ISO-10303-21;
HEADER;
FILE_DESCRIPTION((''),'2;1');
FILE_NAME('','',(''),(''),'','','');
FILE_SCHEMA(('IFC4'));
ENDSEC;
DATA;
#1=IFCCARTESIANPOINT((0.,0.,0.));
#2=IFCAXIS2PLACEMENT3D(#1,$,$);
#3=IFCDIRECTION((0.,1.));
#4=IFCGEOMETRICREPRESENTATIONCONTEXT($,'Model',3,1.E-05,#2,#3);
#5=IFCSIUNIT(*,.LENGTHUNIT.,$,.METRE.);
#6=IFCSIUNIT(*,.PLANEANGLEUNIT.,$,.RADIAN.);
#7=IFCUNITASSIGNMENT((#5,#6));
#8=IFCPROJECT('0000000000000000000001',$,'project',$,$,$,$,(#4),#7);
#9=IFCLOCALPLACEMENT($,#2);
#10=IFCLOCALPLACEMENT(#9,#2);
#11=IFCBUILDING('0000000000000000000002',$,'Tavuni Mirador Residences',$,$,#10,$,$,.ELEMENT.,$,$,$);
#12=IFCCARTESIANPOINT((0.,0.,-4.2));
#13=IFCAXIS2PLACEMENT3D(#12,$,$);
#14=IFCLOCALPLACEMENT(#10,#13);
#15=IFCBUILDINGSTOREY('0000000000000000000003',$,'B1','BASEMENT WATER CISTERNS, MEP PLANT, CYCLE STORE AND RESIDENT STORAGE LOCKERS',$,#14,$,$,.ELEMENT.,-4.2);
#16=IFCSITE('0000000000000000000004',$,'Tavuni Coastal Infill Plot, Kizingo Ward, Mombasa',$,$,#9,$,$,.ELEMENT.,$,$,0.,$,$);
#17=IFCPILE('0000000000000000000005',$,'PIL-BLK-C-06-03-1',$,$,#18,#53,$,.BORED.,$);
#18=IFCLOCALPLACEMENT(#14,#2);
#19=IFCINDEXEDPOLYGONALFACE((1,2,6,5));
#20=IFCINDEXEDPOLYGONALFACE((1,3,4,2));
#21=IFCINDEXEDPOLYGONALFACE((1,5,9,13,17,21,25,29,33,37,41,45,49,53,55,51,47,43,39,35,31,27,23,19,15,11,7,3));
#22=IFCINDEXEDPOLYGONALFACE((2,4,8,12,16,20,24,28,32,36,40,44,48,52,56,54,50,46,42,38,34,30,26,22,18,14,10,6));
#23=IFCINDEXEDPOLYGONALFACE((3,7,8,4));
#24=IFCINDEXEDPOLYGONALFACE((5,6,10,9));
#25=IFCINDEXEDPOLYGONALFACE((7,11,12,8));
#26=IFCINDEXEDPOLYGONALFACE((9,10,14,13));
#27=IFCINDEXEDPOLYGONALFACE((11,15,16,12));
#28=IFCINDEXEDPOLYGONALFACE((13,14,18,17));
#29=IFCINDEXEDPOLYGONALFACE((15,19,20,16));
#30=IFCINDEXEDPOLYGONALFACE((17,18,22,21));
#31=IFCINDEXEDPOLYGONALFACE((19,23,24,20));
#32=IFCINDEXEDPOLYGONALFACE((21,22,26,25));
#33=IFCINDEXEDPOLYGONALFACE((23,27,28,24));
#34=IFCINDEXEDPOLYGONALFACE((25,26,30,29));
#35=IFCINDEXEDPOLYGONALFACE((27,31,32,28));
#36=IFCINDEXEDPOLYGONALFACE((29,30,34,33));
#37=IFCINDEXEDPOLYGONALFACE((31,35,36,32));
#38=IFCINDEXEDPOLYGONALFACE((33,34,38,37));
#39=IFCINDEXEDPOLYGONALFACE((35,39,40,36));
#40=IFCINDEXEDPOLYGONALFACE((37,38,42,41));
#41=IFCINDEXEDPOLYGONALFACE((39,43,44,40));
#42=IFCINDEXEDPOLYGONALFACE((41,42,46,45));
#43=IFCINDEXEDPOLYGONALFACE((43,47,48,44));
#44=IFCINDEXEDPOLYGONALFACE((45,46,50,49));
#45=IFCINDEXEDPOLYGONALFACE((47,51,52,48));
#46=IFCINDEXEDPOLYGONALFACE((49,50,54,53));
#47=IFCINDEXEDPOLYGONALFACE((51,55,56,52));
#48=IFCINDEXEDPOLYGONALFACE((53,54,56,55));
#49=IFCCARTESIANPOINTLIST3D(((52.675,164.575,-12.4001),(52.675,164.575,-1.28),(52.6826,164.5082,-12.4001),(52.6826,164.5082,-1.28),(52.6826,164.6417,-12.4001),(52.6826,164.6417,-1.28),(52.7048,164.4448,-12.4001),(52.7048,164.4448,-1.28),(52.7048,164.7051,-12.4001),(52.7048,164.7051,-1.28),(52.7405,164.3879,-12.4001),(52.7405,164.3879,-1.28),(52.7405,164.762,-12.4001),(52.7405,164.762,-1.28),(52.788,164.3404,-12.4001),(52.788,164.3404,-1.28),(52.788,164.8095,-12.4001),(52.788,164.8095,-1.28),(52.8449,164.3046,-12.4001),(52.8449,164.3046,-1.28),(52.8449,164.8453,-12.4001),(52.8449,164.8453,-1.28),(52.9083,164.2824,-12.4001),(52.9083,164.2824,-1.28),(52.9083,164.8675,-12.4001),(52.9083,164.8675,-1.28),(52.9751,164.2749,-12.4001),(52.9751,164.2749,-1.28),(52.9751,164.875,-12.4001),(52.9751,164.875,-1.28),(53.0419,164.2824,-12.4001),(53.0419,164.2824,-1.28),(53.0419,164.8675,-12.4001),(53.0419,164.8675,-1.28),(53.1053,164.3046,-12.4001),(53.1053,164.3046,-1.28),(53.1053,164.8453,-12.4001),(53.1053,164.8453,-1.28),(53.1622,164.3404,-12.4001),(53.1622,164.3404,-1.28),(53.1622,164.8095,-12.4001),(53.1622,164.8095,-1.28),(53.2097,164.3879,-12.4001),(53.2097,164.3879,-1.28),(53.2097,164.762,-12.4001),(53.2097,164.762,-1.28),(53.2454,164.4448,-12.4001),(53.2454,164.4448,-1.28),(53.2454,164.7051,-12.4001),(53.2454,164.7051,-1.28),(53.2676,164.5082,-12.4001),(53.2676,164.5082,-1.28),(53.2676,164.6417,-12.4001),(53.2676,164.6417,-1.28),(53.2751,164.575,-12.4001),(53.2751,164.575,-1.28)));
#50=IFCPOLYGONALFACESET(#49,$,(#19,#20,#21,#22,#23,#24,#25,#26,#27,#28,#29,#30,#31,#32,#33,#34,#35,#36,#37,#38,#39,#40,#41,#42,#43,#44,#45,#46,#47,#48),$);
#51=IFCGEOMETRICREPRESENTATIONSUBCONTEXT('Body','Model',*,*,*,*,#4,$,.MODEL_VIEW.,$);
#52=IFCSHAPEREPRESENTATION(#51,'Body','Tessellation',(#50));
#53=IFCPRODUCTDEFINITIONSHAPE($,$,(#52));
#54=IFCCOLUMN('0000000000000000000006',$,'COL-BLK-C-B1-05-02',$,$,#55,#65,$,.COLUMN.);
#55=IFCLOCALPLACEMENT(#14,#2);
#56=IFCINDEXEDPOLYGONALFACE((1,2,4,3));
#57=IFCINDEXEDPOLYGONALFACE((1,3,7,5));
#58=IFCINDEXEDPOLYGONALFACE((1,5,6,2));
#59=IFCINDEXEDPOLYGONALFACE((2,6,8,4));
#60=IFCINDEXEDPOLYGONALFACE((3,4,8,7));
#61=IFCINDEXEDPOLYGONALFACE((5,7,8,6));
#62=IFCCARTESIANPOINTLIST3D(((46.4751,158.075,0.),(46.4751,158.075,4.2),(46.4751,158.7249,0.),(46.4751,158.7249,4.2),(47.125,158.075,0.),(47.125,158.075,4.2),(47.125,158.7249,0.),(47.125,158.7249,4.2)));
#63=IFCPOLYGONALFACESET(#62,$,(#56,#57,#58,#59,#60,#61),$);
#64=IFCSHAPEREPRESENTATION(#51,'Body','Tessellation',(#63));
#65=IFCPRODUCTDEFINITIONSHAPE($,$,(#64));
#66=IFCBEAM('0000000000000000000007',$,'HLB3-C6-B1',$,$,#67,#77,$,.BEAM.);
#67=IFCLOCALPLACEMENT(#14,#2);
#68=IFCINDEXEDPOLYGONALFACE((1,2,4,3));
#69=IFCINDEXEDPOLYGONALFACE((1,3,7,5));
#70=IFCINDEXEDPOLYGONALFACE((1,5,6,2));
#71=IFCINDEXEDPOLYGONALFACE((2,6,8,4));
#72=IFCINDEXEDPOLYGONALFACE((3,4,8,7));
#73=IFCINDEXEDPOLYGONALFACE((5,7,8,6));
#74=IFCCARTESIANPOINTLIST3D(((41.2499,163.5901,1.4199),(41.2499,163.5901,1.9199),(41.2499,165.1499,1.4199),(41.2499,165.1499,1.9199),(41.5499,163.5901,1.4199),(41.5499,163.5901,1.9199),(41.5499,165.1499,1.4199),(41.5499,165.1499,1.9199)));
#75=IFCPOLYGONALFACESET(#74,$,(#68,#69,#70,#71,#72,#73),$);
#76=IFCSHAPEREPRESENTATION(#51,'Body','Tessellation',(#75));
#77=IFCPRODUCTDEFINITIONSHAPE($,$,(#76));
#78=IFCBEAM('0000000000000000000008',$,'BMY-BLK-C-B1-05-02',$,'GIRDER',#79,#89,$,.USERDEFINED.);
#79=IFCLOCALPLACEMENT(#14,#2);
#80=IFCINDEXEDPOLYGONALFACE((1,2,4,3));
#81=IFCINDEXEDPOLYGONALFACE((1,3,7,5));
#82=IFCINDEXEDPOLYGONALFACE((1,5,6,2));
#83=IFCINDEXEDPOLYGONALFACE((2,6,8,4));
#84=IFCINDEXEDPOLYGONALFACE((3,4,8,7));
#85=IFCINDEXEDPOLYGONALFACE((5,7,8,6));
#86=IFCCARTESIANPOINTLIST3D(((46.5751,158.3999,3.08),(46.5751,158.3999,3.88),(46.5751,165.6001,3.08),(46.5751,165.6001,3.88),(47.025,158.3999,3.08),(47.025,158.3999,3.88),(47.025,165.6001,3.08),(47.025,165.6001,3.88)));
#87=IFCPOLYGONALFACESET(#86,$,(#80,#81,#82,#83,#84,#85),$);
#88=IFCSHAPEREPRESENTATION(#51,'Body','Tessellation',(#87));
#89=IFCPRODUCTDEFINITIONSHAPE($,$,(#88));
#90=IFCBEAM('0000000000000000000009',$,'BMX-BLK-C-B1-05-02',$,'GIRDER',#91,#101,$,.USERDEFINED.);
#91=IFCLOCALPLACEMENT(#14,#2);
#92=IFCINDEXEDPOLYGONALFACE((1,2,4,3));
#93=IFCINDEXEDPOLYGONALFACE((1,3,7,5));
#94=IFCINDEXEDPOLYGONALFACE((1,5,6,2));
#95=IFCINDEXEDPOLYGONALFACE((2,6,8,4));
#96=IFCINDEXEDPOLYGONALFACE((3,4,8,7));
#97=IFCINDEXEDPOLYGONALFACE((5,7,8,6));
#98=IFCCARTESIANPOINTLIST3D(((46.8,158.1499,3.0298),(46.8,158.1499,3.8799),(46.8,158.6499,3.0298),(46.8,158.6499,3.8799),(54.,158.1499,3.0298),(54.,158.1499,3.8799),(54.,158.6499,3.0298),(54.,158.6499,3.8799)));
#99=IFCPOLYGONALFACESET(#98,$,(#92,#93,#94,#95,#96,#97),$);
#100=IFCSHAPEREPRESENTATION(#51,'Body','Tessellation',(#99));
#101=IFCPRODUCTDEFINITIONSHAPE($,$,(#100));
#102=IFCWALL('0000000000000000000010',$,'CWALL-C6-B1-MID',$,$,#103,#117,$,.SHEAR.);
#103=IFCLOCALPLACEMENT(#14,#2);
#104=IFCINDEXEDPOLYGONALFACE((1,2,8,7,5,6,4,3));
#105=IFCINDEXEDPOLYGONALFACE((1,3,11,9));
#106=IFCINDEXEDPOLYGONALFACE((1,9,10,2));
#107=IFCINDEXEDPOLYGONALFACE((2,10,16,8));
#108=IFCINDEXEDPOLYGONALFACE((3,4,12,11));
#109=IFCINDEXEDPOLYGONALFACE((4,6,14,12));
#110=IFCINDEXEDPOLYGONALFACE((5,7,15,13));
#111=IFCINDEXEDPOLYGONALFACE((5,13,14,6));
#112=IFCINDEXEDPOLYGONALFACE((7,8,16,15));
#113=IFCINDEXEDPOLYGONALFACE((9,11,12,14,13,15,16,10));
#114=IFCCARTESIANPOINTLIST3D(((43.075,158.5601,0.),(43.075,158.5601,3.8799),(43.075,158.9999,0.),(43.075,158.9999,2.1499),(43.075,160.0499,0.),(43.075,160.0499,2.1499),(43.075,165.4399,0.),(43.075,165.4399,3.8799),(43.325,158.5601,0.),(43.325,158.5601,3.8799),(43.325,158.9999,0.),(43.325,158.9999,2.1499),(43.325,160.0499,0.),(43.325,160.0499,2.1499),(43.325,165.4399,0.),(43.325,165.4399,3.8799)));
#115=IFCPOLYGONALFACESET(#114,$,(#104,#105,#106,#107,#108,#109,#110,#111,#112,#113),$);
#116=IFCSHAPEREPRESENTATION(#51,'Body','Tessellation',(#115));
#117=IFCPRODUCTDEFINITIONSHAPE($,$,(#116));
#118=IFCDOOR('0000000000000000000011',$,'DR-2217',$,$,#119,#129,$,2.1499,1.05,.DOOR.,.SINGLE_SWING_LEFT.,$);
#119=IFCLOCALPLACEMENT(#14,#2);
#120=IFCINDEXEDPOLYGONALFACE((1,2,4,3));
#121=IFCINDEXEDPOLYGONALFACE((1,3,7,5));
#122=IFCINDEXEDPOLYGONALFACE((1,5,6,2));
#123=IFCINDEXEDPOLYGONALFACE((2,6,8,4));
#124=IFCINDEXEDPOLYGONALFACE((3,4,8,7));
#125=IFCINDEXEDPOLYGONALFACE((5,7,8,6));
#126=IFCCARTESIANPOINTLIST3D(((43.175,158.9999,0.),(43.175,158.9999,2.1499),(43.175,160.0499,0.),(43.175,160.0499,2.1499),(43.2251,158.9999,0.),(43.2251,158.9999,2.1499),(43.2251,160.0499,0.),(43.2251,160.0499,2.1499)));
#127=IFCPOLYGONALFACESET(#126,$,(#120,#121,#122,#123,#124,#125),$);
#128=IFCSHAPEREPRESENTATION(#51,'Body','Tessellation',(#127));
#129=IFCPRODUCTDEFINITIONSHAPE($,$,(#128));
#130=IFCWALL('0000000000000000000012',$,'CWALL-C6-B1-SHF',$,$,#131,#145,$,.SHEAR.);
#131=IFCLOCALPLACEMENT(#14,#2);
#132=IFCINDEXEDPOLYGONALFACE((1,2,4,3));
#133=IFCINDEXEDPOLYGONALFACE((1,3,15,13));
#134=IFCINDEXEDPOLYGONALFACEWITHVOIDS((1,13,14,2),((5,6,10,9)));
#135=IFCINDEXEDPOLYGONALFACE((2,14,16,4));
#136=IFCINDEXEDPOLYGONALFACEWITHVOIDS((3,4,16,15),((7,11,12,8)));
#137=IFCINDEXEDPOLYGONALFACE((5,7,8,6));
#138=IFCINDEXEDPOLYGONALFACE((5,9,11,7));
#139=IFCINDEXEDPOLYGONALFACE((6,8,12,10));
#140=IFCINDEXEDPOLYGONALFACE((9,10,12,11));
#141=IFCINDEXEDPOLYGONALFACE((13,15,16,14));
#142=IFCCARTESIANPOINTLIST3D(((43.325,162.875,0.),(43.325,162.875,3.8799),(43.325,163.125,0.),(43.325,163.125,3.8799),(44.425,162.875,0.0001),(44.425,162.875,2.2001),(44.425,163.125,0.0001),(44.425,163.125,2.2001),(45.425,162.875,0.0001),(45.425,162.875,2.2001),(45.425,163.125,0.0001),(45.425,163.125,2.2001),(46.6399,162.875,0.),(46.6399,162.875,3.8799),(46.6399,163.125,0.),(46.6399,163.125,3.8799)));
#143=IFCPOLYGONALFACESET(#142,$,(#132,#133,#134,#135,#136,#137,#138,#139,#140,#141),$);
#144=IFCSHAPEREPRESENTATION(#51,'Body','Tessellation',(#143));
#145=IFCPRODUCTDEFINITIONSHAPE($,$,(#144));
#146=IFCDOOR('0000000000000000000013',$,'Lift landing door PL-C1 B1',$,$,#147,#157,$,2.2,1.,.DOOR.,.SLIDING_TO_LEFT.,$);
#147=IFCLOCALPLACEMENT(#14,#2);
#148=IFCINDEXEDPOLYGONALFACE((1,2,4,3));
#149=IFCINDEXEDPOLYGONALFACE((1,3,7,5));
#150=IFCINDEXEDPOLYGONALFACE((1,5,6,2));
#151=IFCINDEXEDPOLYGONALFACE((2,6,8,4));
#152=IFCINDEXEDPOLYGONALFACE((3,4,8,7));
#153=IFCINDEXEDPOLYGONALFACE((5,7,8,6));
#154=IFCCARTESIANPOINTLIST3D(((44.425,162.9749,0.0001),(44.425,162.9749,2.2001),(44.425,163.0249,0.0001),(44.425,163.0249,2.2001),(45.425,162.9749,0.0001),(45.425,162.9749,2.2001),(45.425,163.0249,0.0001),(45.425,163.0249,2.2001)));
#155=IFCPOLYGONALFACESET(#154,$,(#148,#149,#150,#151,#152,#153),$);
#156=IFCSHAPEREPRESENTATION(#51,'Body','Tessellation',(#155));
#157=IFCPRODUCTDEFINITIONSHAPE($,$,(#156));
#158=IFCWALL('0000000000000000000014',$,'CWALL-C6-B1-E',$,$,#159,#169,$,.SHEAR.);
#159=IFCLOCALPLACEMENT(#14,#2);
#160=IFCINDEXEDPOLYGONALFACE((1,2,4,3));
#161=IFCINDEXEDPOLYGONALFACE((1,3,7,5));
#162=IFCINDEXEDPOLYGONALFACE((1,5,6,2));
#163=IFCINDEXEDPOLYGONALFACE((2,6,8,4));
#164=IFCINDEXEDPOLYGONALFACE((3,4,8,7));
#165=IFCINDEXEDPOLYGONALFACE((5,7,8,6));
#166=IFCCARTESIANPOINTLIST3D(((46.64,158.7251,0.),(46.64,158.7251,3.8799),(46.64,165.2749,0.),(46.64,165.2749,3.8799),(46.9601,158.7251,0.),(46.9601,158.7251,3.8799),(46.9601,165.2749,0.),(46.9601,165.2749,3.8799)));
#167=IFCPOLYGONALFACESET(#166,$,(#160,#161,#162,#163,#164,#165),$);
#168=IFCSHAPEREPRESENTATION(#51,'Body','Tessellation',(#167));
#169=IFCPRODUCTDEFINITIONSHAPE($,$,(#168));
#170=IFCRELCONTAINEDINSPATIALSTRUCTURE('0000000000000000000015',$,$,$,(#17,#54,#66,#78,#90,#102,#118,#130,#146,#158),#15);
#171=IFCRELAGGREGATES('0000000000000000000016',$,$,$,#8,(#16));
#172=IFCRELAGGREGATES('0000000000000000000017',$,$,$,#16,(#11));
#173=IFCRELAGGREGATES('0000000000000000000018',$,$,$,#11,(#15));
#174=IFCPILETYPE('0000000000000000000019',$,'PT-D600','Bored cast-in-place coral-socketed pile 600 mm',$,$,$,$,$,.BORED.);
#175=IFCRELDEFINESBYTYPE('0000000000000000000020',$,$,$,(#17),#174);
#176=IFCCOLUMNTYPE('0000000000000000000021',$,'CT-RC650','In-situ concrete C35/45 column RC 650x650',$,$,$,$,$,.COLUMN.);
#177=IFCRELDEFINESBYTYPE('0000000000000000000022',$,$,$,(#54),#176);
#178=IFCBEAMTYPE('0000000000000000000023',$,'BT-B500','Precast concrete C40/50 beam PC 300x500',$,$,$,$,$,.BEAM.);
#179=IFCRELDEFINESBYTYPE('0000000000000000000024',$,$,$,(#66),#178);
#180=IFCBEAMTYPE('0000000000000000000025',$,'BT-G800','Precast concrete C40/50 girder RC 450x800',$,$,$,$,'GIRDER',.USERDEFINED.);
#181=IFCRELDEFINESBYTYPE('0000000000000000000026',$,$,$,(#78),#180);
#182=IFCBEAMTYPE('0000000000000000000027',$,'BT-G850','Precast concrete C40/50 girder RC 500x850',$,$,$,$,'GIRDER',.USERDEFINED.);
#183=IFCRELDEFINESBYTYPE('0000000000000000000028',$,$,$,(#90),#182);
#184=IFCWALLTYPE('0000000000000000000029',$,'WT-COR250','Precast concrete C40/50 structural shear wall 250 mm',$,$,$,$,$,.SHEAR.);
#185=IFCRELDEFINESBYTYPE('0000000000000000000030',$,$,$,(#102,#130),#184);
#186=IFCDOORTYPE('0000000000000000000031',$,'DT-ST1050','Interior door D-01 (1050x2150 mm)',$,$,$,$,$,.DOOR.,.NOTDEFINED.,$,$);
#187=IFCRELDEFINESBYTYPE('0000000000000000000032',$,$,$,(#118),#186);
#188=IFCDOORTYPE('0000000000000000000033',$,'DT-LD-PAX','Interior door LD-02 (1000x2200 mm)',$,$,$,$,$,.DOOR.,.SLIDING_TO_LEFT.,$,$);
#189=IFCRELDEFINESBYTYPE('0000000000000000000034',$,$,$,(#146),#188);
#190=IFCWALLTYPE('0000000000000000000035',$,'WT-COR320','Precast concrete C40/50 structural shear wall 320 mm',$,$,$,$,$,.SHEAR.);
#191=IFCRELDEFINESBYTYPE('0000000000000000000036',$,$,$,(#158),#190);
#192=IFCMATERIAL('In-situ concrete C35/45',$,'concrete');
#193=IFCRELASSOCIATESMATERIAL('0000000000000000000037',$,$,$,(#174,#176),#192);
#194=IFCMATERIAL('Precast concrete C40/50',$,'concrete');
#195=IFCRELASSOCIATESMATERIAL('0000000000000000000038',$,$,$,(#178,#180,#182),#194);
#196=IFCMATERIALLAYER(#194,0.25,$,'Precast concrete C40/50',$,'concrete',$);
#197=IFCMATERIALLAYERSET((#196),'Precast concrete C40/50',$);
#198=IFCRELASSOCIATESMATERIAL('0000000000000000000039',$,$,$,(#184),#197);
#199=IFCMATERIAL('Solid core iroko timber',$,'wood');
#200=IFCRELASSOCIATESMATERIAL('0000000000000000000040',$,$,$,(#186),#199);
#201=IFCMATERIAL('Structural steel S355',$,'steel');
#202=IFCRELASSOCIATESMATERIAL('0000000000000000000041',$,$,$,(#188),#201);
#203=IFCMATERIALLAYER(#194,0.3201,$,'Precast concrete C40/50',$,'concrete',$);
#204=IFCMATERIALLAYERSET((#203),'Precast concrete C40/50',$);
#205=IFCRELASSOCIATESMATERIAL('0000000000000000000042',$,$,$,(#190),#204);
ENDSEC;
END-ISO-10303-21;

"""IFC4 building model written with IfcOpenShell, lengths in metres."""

from ifc_helpers import new_model, si_unit, direction, frame, frame_2d, origin, origin_2d, place, context, subcontext, project, spatial, rectangle, circle, extrude, material, layer, layer_set, material_profile, profile_set, type_object, element, fill, save


model = new_model("IFC4")

# Units and contexts
model_context = context("Model", 3, precision=1e-05, world=origin(), true_north=direction((0.0, 1.0)))
body_context = subcontext(model_context, "Body", "Model", "MODEL_VIEW")
ifc_project = project(units=[si_unit("LENGTHUNIT", "METRE"), si_unit("PLANEANGLEUNIT", "RADIAN")], contexts=[model_context])

# Site, building, storey
site_placement = place(None, origin())
site = spatial("IfcSite", under=ifc_project, at=site_placement, Name="Tavuni Coastal Infill Plot, Kizingo Ward, Mombasa", CompositionType="ELEMENT", RefElevation=0.0)
building_placement = place(site_placement, origin())
building = spatial("IfcBuilding", under=site, at=building_placement, Name="Tavuni Mirador Residences", CompositionType="ELEMENT")
storey_placement = place(building_placement, frame((0.0, 0.0, -4.2)))
storey = spatial("IfcBuildingStorey", under=building, at=storey_placement, Name="B1", Description="BASEMENT WATER CISTERNS, MEP PLANT, CYCLE STORE AND RESIDENT STORAGE LOCKERS", CompositionType="ELEMENT", Elevation=-4.2)

# Shared definitions
ifc_material_1 = material(Name="In-situ concrete C35/45", Category="concrete")

# Pile
ifc_material_profile_1 = material_profile(ifc_material_1, circle(Radius=0.3, at=origin_2d()), Name="PILE D600", Category="concrete")
ifc_profile_set_1 = profile_set([ifc_material_profile_1], Name="In-situ concrete C35/45")
pile_type = type_object("IfcPileType", Name="PT-D600", Description="Bored cast-in-place coral-socketed pile 600 mm", PredefinedType="BORED", material=ifc_profile_set_1)
pile_1_placement = place(storey_placement, frame((52.9751, 164.575, -1.28), z_axis=(0.0, 0.0, -1.0), x_axis=(1.0, 0.0, 0.0)))
element("IfcPile", 1, at=pile_1_placement, inside=storey, type_object=pile_type, Name="PIL-BLK-C-06-03-1", PredefinedType="BORED", context=body_context, shape_type="SweptSolid", body=[
    extrude(circle(Radius=0.3, at=origin_2d()), origin(), (0.0, 0.0, 1.0), 11.1201),
])

# Column
ifc_material_profile_2 = material_profile(ifc_material_1, rectangle(XDim=0.6499, YDim=0.6499, at=origin_2d()), Name="RC 650x650", Category="concrete")
ifc_profile_set_2 = profile_set([ifc_material_profile_2], Name="In-situ concrete C35/45")
column_type = type_object("IfcColumnType", Name="CT-RC650", Description="In-situ concrete C35/45 column RC 650x650", PredefinedType="COLUMN", material=ifc_profile_set_2)
column_placement = place(storey_placement, frame((46.8, 158.3999, 0.0), z_axis=(0.0, 0.0, 1.0), x_axis=(1.0, 0.0, 0.0)))
element("IfcColumn", 2, at=column_placement, inside=storey, type_object=column_type, Name="COL-BLK-C-B1-05-02", PredefinedType="COLUMN", context=body_context, shape_type="SweptSolid", body=[
    extrude(rectangle(XDim=0.6499, YDim=0.6499, at=origin_2d()), origin(), (0.0, 0.0, 1.0), 4.2),
])

# Beams
ifc_material_2 = material(Name="Precast concrete C40/50", Category="concrete")
ifc_material_profile_3 = material_profile(ifc_material_2, rectangle(XDim=0.3, YDim=0.5, at=origin_2d()), Name="PC 300x500", Category="concrete")
ifc_profile_set_3 = profile_set([ifc_material_profile_3], Name="Precast concrete C40/50")
beam_type_1 = type_object("IfcBeamType", Name="BT-B500", Description="Precast concrete C40/50 beam PC 300x500", PredefinedType="BEAM", material=ifc_profile_set_3)
beam_1_placement = place(storey_placement, frame((41.3999, 163.5901, 1.6699), z_axis=(0.0, 1.0, 0.0), x_axis=(-1.0, 0.0, 0.0)))
element("IfcBeam", 3, at=beam_1_placement, inside=storey, type_object=beam_type_1, Name="HLB3-C6-B1", PredefinedType="BEAM", context=body_context, shape_type="SweptSolid", body=[
    extrude(rectangle(XDim=0.3, YDim=0.5, at=origin_2d()), origin(), (0.0, 0.0, 1.0), 1.5598),
])
ifc_material_profile_4 = material_profile(ifc_material_2, rectangle(XDim=0.45, YDim=0.8, at=origin_2d()), Name="RC 450x800", Category="concrete")
ifc_profile_set_4 = profile_set([ifc_material_profile_4], Name="Precast concrete C40/50")
beam_type_2 = type_object("IfcBeamType", Name="BT-G800", Description="Precast concrete C40/50 girder RC 450x800", ElementType="GIRDER", PredefinedType="USERDEFINED", material=ifc_profile_set_4)
beam_2_placement = place(storey_placement, frame((46.8, 158.3999, 3.48), z_axis=(0.0, 1.0, 0.0), x_axis=(-1.0, 0.0, 0.0)))
element("IfcBeam", 4, at=beam_2_placement, inside=storey, type_object=beam_type_2, Name="BMY-BLK-C-B1-05-02", ObjectType="GIRDER", PredefinedType="USERDEFINED", context=body_context, shape_type="SweptSolid", body=[
    extrude(rectangle(XDim=0.45, YDim=0.8, at=origin_2d()), origin(), (0.0, 0.0, 1.0), 7.2002),
])
ifc_material_profile_5 = material_profile(ifc_material_2, rectangle(XDim=0.5, YDim=0.8501, at=origin_2d()), Name="RC 500x850", Category="concrete")
ifc_profile_set_5 = profile_set([ifc_material_profile_5], Name="Precast concrete C40/50")
beam_type_3 = type_object("IfcBeamType", Name="BT-G850", Description="Precast concrete C40/50 girder RC 500x850", ElementType="GIRDER", PredefinedType="USERDEFINED", material=ifc_profile_set_5)
beam_3_placement = place(storey_placement, frame((46.8, 158.3999, 3.4548), z_axis=(1.0, 0.0, 0.0), x_axis=(0.0, 1.0, 0.0)))
element("IfcBeam", 5, at=beam_3_placement, inside=storey, type_object=beam_type_3, Name="BMX-BLK-C-B1-05-02", ObjectType="GIRDER", PredefinedType="USERDEFINED", context=body_context, shape_type="SweptSolid", body=[
    extrude(rectangle(XDim=0.5, YDim=0.8501, at=origin_2d()), origin(), (0.0, 0.0, 1.0), 7.2),
])

# Walls, openings, doors
ifc_layer_1 = layer(ifc_material_2, 0.25, Name="Precast concrete C40/50", Category="concrete")
ifc_layer_set_1 = layer_set([ifc_layer_1], Name="Precast concrete C40/50")
wall_type_1 = type_object("IfcWallType", Name="WT-COR250", Description="Precast concrete C40/50 structural shear wall 250 mm", PredefinedType="SHEAR", material=ifc_layer_set_1)
wall_1_placement = place(storey_placement, frame((43.2, 158.5601, 0.0), z_axis=(0.0, 0.0, 1.0), x_axis=(0.0, 1.0, 0.0)))
wall_1 = element("IfcWall", 6, at=wall_1_placement, inside=storey, type_object=wall_type_1, Name="CWALL-C6-B1-MID", PredefinedType="SHEAR", context=body_context, shape_type="SweptSolid", body=[
    extrude(rectangle(XDim=6.8799, YDim=0.25, at=frame_2d((3.4399, 0.0))), origin(), (0.0, 0.0, 1.0), 3.8799),
])
opening_1_placement = place(wall_1_placement, frame((0.4399, 0.0, 0.0)))
opening_1 = element("IfcOpeningElement", 7, at=opening_1_placement, cuts=wall_1, PredefinedType="OPENING", context=body_context, shape_type="SweptSolid", body=[
    extrude(rectangle(XDim=1.05, YDim=2.1499, at=frame_2d((0.5249, 1.075))), frame((0.0, 0.135, 0.0), z_axis=(0.0, -1.0, 0.0), x_axis=(1.0, 0.0, 0.0)), (0.0, 0.0, 1.0), 0.27),
])
ifc_material_3 = material(Name="Solid core iroko timber", Category="wood")
door_type_1 = type_object("IfcDoorType", Name="DT-ST1050", Description="Interior door D-01 (1050x2150 mm)", OperationType="NOTDEFINED", PredefinedType="DOOR", material=ifc_material_3)
door_1_placement = place(opening_1_placement, origin())
door_1 = element("IfcDoor", 8, at=door_1_placement, inside=storey, type_object=door_type_1, Name="DR-2217", OperationType="SINGLE_SWING_LEFT", OverallHeight=2.1499, OverallWidth=1.05, PredefinedType="DOOR", context=body_context, shape_type="SweptSolid", body=[
    extrude(rectangle(XDim=1.05, YDim=2.1499, at=frame_2d((0.5249, 1.075))), frame((0.0, 0.0249, 0.0), z_axis=(0.0, -1.0, 0.0), x_axis=(1.0, 0.0, 0.0)), (0.0, 0.0, 1.0), 0.05),
])
fill(opening_1, door_1)
wall_2_placement = place(storey_placement, frame((43.325, 163.0, 0.0), z_axis=(0.0, 0.0, 1.0), x_axis=(1.0, 0.0, 0.0)))
wall_2 = element("IfcWall", 9, at=wall_2_placement, inside=storey, type_object=wall_type_1, Name="CWALL-C6-B1-SHF", PredefinedType="SHEAR", context=body_context, shape_type="SweptSolid", body=[
    extrude(rectangle(XDim=3.3149, YDim=0.25, at=frame_2d((1.6575, 0.0))), origin(), (0.0, 0.0, 1.0), 3.8799),
])
opening_2_placement = place(wall_2_placement, frame((1.1001, 0.0, 0.0)))
opening_2 = element("IfcOpeningElement", 10, at=opening_2_placement, cuts=wall_2, PredefinedType="OPENING", context=body_context, shape_type="SweptSolid", body=[
    extrude(rectangle(XDim=1.0, YDim=2.2, at=frame_2d((0.5, 1.1001))), frame((0.0, 0.135, 0.0), z_axis=(0.0, -1.0, 0.0), x_axis=(1.0, 0.0, 0.0)), (0.0, 0.0, 1.0), 0.27),
])
ifc_material_4 = material(Name="Structural steel S355", Category="steel")
door_type_2 = type_object("IfcDoorType", Name="DT-LD-PAX", Description="Interior door LD-02 (1000x2200 mm)", OperationType="SLIDING_TO_LEFT", PredefinedType="DOOR", material=ifc_material_4)
door_2_placement = place(opening_2_placement, origin())
door_2 = element("IfcDoor", 11, at=door_2_placement, inside=storey, type_object=door_type_2, Name="Lift landing door PL-C1 B1", OperationType="SLIDING_TO_LEFT", OverallHeight=2.2, OverallWidth=1.0, PredefinedType="DOOR", context=body_context, shape_type="SweptSolid", body=[
    extrude(rectangle(XDim=1.0, YDim=2.2, at=frame_2d((0.5, 1.1001))), frame((0.0, 0.0249, 0.0), z_axis=(0.0, -1.0, 0.0), x_axis=(1.0, 0.0, 0.0)), (0.0, 0.0, 1.0), 0.05),
])
fill(opening_2, door_2)

# Wall
ifc_layer_2 = layer(ifc_material_2, 0.3201, Name="Precast concrete C40/50", Category="concrete")
ifc_layer_set_2 = layer_set([ifc_layer_2], Name="Precast concrete C40/50")
wall_type_2 = type_object("IfcWallType", Name="WT-COR320", Description="Precast concrete C40/50 structural shear wall 320 mm", PredefinedType="SHEAR", material=ifc_layer_set_2)
wall_3_placement = place(storey_placement, frame((46.8, 158.7251, 0.0), z_axis=(0.0, 0.0, 1.0), x_axis=(0.0, 1.0, 0.0)))
element("IfcWall", 12, at=wall_3_placement, inside=storey, type_object=wall_type_2, Name="CWALL-C6-B1-E", PredefinedType="SHEAR", context=body_context, shape_type="SweptSolid", body=[
    extrude(rectangle(XDim=6.5498, YDim=0.3201, at=frame_2d((3.2749, 0.0))), origin(), (0.0, 0.0, 1.0), 3.8799),
])

save(model, "model.ifc")
